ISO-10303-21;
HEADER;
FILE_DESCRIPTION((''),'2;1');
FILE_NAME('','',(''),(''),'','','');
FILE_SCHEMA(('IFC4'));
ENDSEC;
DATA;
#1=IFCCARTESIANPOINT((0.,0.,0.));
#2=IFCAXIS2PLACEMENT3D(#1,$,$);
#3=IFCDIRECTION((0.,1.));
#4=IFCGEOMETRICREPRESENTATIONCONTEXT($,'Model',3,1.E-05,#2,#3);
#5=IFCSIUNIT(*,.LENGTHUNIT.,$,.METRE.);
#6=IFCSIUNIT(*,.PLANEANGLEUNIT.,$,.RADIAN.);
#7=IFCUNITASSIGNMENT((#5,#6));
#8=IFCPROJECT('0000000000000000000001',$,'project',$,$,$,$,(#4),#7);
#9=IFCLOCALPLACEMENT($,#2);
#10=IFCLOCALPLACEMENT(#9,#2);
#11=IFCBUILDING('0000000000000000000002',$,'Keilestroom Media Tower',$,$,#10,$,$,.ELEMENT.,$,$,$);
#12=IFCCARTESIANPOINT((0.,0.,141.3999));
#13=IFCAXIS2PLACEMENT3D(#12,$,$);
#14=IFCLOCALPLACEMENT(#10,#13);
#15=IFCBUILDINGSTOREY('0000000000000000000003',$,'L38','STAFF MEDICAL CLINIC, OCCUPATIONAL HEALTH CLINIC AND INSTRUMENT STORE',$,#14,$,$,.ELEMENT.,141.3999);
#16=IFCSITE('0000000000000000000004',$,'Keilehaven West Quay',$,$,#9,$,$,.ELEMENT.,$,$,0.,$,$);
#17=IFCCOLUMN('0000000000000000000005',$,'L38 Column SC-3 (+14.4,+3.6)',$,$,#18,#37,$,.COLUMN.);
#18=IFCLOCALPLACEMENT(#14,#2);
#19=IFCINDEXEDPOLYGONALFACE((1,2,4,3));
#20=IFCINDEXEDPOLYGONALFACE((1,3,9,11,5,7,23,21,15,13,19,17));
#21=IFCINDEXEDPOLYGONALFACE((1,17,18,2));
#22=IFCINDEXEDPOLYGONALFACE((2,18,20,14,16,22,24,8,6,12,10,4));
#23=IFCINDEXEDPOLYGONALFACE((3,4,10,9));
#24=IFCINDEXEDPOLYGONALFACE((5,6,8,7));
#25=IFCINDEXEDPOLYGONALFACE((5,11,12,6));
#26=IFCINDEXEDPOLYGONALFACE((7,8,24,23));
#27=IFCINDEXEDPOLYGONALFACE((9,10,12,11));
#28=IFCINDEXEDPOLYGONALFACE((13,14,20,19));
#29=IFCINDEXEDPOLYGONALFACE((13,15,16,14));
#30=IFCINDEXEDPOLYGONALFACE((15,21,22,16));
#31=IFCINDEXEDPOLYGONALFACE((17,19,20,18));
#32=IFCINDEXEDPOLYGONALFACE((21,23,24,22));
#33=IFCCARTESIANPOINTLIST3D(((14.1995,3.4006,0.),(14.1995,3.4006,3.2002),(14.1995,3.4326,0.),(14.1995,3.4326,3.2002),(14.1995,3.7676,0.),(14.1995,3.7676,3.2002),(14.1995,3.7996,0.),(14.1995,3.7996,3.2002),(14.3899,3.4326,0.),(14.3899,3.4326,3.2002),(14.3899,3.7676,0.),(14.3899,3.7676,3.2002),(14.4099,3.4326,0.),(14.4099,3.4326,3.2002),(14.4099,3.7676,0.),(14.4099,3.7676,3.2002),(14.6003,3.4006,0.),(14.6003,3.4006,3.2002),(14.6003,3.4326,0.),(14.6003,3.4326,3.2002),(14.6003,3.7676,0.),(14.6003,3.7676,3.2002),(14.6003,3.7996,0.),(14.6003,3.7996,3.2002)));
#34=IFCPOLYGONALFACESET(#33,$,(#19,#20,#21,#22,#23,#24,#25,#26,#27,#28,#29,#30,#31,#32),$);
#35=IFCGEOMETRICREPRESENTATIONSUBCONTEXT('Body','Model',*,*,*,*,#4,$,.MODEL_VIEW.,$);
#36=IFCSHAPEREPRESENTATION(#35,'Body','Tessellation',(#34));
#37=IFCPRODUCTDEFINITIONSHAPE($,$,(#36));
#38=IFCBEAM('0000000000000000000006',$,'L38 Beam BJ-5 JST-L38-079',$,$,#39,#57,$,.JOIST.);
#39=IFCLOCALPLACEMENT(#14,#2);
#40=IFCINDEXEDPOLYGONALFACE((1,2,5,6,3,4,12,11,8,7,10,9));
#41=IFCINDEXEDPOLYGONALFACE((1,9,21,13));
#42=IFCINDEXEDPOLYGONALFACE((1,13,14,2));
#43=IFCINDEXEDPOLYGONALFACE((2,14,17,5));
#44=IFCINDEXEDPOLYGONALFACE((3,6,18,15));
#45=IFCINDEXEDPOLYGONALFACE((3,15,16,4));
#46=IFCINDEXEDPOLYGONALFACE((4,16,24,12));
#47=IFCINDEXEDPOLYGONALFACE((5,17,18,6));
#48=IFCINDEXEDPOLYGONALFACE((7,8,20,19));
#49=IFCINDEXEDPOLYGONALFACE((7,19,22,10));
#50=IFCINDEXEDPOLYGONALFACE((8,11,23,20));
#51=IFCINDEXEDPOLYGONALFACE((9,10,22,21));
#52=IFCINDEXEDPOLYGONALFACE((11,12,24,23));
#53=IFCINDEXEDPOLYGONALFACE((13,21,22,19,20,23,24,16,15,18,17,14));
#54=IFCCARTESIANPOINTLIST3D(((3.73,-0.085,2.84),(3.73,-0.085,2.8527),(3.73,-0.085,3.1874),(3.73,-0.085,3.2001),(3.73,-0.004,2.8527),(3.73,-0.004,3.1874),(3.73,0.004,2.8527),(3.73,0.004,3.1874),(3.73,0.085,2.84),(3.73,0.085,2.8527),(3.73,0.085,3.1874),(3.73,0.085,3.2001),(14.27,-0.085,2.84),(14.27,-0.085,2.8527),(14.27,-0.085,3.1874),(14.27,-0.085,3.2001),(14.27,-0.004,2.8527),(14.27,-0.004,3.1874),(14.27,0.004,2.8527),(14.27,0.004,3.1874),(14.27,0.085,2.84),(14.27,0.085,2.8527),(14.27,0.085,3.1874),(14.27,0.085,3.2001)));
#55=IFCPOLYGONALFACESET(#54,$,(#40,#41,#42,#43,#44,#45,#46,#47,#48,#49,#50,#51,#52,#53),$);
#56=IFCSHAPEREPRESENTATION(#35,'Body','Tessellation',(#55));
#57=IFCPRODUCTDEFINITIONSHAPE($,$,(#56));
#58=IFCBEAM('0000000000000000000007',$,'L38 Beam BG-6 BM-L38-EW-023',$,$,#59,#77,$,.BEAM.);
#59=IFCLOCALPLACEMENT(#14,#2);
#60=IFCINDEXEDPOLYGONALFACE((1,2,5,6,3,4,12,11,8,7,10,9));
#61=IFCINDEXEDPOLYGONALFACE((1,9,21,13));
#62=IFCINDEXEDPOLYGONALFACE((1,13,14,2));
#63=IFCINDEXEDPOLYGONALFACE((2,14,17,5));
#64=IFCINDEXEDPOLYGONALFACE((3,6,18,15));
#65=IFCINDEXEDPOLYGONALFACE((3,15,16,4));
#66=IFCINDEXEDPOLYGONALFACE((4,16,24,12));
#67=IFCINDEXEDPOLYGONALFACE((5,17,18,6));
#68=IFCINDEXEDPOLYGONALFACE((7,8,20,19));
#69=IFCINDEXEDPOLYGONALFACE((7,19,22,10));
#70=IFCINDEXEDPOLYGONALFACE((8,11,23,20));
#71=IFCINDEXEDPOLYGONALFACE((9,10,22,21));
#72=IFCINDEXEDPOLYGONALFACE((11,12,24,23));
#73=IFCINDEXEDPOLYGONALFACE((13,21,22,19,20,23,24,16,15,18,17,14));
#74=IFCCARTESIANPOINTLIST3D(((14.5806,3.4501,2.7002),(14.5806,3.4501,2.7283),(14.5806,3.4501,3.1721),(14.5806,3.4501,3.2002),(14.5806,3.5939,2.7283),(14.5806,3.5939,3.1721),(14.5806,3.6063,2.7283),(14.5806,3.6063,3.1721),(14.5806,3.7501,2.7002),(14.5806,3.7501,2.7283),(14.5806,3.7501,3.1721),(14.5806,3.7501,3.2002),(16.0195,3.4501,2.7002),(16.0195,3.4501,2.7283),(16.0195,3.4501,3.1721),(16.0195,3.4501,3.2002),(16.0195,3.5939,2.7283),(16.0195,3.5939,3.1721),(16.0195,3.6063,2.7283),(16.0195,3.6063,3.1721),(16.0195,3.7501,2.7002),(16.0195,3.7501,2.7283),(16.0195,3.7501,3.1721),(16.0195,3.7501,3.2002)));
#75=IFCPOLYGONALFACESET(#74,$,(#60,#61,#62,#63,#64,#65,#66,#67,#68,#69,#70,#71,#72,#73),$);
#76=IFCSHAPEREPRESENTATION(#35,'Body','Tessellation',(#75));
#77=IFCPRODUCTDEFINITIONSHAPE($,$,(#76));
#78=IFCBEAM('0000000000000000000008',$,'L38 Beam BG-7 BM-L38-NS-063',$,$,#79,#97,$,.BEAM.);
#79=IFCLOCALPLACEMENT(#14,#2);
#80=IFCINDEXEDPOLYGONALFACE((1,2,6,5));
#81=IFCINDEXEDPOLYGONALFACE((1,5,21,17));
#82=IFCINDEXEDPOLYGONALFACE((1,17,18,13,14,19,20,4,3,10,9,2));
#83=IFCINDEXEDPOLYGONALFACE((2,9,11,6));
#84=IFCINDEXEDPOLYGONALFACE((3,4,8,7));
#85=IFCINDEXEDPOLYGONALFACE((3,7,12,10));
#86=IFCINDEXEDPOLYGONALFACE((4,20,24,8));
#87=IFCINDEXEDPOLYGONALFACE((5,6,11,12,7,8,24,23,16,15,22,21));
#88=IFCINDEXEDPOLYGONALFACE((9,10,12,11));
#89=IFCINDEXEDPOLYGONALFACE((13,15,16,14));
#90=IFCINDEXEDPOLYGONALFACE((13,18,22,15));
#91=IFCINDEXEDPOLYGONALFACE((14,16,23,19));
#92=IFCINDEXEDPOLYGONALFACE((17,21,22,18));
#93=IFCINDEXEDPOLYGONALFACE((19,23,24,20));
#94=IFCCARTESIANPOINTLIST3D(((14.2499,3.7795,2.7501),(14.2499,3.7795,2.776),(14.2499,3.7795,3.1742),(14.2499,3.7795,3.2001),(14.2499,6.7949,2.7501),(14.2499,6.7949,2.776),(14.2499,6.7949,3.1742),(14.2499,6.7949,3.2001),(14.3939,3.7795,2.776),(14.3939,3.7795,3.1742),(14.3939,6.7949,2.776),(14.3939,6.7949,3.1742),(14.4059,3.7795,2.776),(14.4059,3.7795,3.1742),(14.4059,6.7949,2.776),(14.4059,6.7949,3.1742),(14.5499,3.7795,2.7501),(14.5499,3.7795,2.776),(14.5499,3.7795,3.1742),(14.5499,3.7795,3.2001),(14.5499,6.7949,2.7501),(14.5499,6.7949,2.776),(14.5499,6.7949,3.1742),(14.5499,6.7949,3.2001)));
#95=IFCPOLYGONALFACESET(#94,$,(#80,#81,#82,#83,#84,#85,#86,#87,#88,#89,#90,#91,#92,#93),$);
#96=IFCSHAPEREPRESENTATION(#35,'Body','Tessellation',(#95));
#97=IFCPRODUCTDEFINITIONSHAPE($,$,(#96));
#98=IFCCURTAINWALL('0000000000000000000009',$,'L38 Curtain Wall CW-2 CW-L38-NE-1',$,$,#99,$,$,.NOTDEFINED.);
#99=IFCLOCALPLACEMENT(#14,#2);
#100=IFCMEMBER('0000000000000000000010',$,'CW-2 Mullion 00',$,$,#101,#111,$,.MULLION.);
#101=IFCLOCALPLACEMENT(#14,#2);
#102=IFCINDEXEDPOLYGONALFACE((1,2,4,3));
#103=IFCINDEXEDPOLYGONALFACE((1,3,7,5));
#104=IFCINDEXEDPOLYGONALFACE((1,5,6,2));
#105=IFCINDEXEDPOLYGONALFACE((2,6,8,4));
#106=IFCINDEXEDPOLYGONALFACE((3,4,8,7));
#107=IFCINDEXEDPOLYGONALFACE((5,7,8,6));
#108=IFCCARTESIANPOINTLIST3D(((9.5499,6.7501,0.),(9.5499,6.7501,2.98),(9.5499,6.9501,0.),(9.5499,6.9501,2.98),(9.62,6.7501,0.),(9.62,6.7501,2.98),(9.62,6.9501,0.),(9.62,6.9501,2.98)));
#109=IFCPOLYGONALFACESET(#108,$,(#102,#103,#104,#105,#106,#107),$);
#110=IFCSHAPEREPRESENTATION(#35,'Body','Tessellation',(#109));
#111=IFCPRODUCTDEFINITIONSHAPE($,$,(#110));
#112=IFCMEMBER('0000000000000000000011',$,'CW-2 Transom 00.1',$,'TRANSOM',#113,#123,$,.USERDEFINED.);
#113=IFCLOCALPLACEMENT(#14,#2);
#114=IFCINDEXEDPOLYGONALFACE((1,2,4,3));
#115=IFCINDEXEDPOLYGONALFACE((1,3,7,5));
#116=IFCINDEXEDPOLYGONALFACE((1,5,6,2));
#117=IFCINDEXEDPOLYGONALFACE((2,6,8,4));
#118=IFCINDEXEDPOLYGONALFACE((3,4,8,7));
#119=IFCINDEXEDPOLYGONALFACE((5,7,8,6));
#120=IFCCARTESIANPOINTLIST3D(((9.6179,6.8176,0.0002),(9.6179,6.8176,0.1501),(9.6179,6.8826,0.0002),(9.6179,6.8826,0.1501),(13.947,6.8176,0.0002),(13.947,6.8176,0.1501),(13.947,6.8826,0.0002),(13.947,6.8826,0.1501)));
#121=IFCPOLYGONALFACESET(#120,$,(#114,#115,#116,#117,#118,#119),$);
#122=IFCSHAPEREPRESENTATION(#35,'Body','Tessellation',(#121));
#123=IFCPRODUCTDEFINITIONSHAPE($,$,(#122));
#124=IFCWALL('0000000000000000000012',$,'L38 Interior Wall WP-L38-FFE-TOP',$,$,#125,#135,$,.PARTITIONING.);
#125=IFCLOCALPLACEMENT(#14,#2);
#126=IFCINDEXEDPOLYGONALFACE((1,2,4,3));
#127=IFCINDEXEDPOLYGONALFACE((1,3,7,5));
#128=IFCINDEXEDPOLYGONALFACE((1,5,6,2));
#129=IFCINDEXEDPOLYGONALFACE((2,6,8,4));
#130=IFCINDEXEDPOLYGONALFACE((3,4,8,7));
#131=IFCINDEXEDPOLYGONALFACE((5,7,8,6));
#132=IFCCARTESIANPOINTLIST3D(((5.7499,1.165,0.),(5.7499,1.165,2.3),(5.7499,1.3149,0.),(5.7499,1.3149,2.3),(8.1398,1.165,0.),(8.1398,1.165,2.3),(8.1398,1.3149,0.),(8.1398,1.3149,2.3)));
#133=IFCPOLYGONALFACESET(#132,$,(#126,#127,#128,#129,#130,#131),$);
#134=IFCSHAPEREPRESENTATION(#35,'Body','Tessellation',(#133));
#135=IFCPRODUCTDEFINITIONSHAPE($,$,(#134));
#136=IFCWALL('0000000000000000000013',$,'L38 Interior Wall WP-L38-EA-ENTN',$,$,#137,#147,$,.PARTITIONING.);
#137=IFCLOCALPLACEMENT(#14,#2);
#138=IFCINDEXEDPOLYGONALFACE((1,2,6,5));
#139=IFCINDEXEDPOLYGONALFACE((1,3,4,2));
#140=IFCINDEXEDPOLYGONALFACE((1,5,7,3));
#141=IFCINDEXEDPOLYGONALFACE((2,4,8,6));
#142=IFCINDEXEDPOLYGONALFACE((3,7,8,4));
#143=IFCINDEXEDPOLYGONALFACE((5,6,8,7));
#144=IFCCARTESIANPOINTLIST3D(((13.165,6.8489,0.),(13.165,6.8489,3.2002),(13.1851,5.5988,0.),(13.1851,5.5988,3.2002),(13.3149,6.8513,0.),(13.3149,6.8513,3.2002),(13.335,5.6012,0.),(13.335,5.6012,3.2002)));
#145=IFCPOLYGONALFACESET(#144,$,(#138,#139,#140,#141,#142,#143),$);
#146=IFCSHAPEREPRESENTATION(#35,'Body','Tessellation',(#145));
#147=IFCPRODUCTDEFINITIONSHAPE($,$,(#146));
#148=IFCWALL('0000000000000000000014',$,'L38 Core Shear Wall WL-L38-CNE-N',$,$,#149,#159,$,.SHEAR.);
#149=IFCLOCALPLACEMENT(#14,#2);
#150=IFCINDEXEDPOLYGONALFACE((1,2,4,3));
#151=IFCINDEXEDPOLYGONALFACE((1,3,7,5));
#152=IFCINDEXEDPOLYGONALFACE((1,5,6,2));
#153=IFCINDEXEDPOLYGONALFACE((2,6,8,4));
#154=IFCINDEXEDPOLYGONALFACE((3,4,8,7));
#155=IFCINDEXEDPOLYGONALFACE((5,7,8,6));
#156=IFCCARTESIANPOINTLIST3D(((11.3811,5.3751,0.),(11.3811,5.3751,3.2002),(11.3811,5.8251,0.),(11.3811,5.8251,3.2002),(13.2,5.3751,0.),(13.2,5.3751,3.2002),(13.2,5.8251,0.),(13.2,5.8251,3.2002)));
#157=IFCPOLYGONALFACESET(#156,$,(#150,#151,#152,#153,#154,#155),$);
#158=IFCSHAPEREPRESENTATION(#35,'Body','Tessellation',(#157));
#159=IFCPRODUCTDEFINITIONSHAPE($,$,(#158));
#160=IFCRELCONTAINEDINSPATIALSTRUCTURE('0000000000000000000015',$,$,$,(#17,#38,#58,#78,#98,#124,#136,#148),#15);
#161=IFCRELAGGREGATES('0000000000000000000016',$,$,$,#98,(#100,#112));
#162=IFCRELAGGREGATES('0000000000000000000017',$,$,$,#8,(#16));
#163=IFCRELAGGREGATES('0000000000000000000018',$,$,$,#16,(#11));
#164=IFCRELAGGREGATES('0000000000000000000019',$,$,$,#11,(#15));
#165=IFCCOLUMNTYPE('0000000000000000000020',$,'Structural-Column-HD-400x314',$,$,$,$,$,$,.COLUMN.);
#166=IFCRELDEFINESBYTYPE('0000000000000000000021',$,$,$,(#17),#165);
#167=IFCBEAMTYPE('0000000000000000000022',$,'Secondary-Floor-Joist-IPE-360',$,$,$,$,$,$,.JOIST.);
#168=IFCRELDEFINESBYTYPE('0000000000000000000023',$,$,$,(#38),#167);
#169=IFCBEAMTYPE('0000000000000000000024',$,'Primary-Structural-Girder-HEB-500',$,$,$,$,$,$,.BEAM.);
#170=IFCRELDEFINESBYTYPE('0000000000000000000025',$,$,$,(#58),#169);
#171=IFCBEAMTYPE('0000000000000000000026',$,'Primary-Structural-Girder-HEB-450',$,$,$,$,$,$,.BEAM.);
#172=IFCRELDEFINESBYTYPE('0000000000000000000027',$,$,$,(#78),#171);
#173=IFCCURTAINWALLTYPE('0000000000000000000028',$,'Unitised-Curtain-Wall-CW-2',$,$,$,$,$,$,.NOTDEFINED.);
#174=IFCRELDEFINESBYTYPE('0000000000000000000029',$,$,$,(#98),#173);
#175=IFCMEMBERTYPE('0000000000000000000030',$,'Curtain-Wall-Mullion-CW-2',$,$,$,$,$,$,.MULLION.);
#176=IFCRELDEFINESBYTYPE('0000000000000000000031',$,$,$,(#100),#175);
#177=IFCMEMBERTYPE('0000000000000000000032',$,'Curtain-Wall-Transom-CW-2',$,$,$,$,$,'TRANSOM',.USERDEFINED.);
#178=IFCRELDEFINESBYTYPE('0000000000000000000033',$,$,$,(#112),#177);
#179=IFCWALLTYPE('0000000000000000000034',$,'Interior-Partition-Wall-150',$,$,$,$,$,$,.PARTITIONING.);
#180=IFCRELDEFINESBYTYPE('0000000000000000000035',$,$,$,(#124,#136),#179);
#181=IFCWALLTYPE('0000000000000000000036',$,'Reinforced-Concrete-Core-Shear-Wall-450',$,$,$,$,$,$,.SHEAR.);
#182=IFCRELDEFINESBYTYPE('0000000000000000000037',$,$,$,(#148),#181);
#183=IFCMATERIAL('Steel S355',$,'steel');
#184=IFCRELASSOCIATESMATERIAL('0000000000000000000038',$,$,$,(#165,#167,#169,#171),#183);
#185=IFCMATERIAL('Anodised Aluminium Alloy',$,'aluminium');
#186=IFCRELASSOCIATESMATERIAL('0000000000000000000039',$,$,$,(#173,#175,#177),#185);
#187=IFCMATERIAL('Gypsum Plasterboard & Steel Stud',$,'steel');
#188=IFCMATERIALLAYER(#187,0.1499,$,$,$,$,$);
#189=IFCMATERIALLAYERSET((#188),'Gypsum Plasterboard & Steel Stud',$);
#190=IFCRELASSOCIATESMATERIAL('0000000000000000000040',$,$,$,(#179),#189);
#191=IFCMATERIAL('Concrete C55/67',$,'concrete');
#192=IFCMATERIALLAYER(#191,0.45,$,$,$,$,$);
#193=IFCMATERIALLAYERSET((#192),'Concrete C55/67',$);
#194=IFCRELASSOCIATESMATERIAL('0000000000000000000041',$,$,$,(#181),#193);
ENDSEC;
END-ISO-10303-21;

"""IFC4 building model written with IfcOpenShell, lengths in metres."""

from ifc_helpers import new_model, si_unit, direction, frame, frame_2d, origin, origin_2d, place, context, subcontext, project, spatial, rectangle, i_section, extrude, source, transform, mapped, material, layer, layer_set, material_profile, profile_set, type_object, element, aggregate, save


model = new_model("IFC4")

# Units and contexts
model_context = context("Model", 3, precision=1e-05, world=origin(), true_north=direction((0.0, 1.0)))
body_context = subcontext(model_context, "Body", "Model", "MODEL_VIEW")
ifc_project = project(units=[si_unit("LENGTHUNIT", "METRE"), si_unit("PLANEANGLEUNIT", "RADIAN")], contexts=[model_context])

# Site, building, storey
site_placement = place(None, origin())
site = spatial("IfcSite", under=ifc_project, at=site_placement, Name="Keilehaven West Quay", CompositionType="ELEMENT", RefElevation=0.0)
building_placement = place(site_placement, origin())
building = spatial("IfcBuilding", under=site, at=building_placement, Name="Keilestroom Media Tower", CompositionType="ELEMENT")
storey_placement = place(building_placement, frame((0.0, 0.0, 141.3999)))
storey = spatial("IfcBuildingStorey", under=building, at=storey_placement, Name="L38", Description="STAFF MEDICAL CLINIC, OCCUPATIONAL HEALTH CLINIC AND INSTRUMENT STORE", CompositionType="ELEMENT", Elevation=141.3999)

# Column
ifc_material_1 = material(Name="Steel S355", Category="steel")
ifc_material_profile_1 = material_profile(ifc_material_1, i_section(OverallWidth=0.4009, OverallDepth=0.3989, WebThickness=0.02, FlangeThickness=0.032, at=origin_2d()), Name="HD 400x314")
ifc_profile_set_1 = profile_set([ifc_material_profile_1], Name="Steel S355")
column_type = type_object("IfcColumnType", Name="Structural-Column-HD-400x314", PredefinedType="COLUMN", material=ifc_profile_set_1)
shared_shape_1 = source(origin(), body_context, "Body", "SweptSolid", [
    extrude(i_section(OverallWidth=0.4009, OverallDepth=0.3989, WebThickness=0.02, FlangeThickness=0.032, at=origin_2d()), origin(), (0.0, 0.0, 1.0), 3.2002),
])
column_placement = place(storey_placement, frame((14.3999, 3.6001, 0.0), z_axis=(0.0, 0.0, 1.0), x_axis=(1.0, 0.0, 0.0)))
element("IfcColumn", 1, at=column_placement, inside=storey, type_object=column_type, Name="L38 Column SC-3 (+14.4,+3.6)", PredefinedType="COLUMN", context=body_context, shape_type="MappedRepresentation", body=[
    mapped(shared_shape_1, transform((0.0, 0.0, 0.0), x_axis=(1.0, 0.0, 0.0), y_axis=(0.0, 1.0, 0.0), z_axis=(0.0, 0.0, 1.0), scale=1.0)),
])

# Beams
ifc_material_profile_2 = material_profile(ifc_material_1, i_section(OverallWidth=0.1699, OverallDepth=0.3601, WebThickness=0.0081, FlangeThickness=0.0127, at=origin_2d()), Name="IPE 360")
ifc_profile_set_2 = profile_set([ifc_material_profile_2], Name="Steel S355")
beam_type_1 = type_object("IfcBeamType", Name="Secondary-Floor-Joist-IPE-360", PredefinedType="JOIST", material=ifc_profile_set_2)
shared_shape_2 = source(origin(), body_context, "Body", "SweptSolid", [
    extrude(i_section(OverallWidth=0.1699, OverallDepth=0.3601, WebThickness=0.0081, FlangeThickness=0.0127, at=origin_2d()), origin(), (0.0, 0.0, 1.0), 10.54),
])
beam_1_placement = place(storey_placement, frame((3.73, 0.0, 3.02), z_axis=(1.0, 0.0, 0.0), x_axis=(0.0, 1.0, 0.0)))
element("IfcBeam", 2, at=beam_1_placement, inside=storey, type_object=beam_type_1, Name="L38 Beam BJ-5 JST-L38-079", PredefinedType="JOIST", context=body_context, shape_type="MappedRepresentation", body=[
    mapped(shared_shape_2, transform((0.0, 0.0, 0.0), x_axis=(1.0, 0.0, 0.0), y_axis=(0.0, 1.0, 0.0), z_axis=(0.0, 0.0, 1.0), scale=1.0)),
])
ifc_material_profile_3 = material_profile(ifc_material_1, i_section(OverallWidth=0.3, OverallDepth=0.5, WebThickness=0.0125, FlangeThickness=0.0281, at=origin_2d()), Name="HEB 500")
ifc_profile_set_3 = profile_set([ifc_material_profile_3], Name="Steel S355")
beam_type_2 = type_object("IfcBeamType", Name="Primary-Structural-Girder-HEB-500", PredefinedType="BEAM", material=ifc_profile_set_3)
shared_shape_3 = source(origin(), body_context, "Body", "SweptSolid", [
    extrude(i_section(OverallWidth=0.3, OverallDepth=0.5, WebThickness=0.0125, FlangeThickness=0.0281, at=origin_2d()), origin(), (0.0, 0.0, 1.0), 1.439),
])
beam_2_placement = place(storey_placement, frame((14.5806, 3.6001, 2.9502), z_axis=(1.0, 0.0, 0.0), x_axis=(0.0, 1.0, 0.0)))
element("IfcBeam", 3, at=beam_2_placement, inside=storey, type_object=beam_type_2, Name="L38 Beam BG-6 BM-L38-EW-023", PredefinedType="BEAM", context=body_context, shape_type="MappedRepresentation", body=[
    mapped(shared_shape_3, transform((0.0, 0.0, 0.0), x_axis=(1.0, 0.0, 0.0), y_axis=(0.0, 1.0, 0.0), z_axis=(0.0, 0.0, 1.0), scale=1.0)),
])
ifc_material_profile_4 = material_profile(ifc_material_1, i_section(OverallWidth=0.3, OverallDepth=0.45, WebThickness=0.012, FlangeThickness=0.0259, at=origin_2d()), Name="HEB 450")
ifc_profile_set_4 = profile_set([ifc_material_profile_4], Name="Steel S355")
beam_type_3 = type_object("IfcBeamType", Name="Primary-Structural-Girder-HEB-450", PredefinedType="BEAM", material=ifc_profile_set_4)
shared_shape_4 = source(origin(), body_context, "Body", "SweptSolid", [
    extrude(i_section(OverallWidth=0.3, OverallDepth=0.45, WebThickness=0.012, FlangeThickness=0.0259, at=origin_2d()), origin(), (0.0, 0.0, 1.0), 3.0154),
])
beam_3_placement = place(storey_placement, frame((14.3999, 3.7795, 2.9751), z_axis=(0.0, 1.0, 0.0), x_axis=(-1.0, 0.0, 0.0)))
element("IfcBeam", 4, at=beam_3_placement, inside=storey, type_object=beam_type_3, Name="L38 Beam BG-7 BM-L38-NS-063", PredefinedType="BEAM", context=body_context, shape_type="MappedRepresentation", body=[
    mapped(shared_shape_4, transform((0.0, 0.0, 0.0), x_axis=(1.0, 0.0, 0.0), y_axis=(0.0, 1.0, 0.0), z_axis=(0.0, 0.0, 1.0), scale=1.0)),
])

# Curtain wall, members
ifc_material_2 = material(Name="Anodised Aluminium Alloy", Category="aluminium")
curtain_wall_type = type_object("IfcCurtainWallType", Name="Unitised-Curtain-Wall-CW-2", PredefinedType="NOTDEFINED", material=ifc_material_2)
curtain_wall_placement = place(storey_placement, origin())
curtain_wall = element("IfcCurtainWall", 5, at=curtain_wall_placement, inside=storey, type_object=curtain_wall_type, Name="L38 Curtain Wall CW-2 CW-L38-NE-1", PredefinedType="NOTDEFINED")
ifc_material_profile_5 = material_profile(ifc_material_2, rectangle(XDim=0.0701, YDim=0.2, at=origin_2d()), Name="ALU MULLION 70x200")
ifc_profile_set_5 = profile_set([ifc_material_profile_5], Name="Anodised Aluminium Alloy")
member_type_1 = type_object("IfcMemberType", Name="Curtain-Wall-Mullion-CW-2", PredefinedType="MULLION", material=ifc_profile_set_5)
shared_shape_5 = source(origin(), body_context, "Body", "SweptSolid", [
    extrude(rectangle(XDim=0.0701, YDim=0.2, at=origin_2d()), origin(), (0.0, 0.0, 1.0), 2.98),
])
member_1_placement = place(storey_placement, frame((9.585, 6.8501, 0.0), z_axis=(0.0, 0.0, 1.0), x_axis=(1.0, 0.0, 0.0)))
member_1 = element("IfcMember", 6, at=member_1_placement, type_object=member_type_1, Name="CW-2 Mullion 00", PredefinedType="MULLION", context=body_context, shape_type="MappedRepresentation", body=[
    mapped(shared_shape_5, transform((0.0, 0.0, 0.0), x_axis=(1.0, 0.0, 0.0), y_axis=(0.0, 1.0, 0.0), z_axis=(0.0, 0.0, 1.0), scale=1.0)),
])
ifc_material_profile_6 = material_profile(ifc_material_2, rectangle(XDim=0.0649, YDim=0.1499, at=origin_2d()), Name="ALU TRANSOM 65x150")
ifc_profile_set_6 = profile_set([ifc_material_profile_6], Name="Anodised Aluminium Alloy")
member_type_2 = type_object("IfcMemberType", Name="Curtain-Wall-Transom-CW-2", ElementType="TRANSOM", PredefinedType="USERDEFINED", material=ifc_profile_set_6)
shared_shape_6 = source(origin(), body_context, "Body", "SweptSolid", [
    extrude(rectangle(XDim=0.0649, YDim=0.1499, at=origin_2d()), origin(), (0.0, 0.0, 1.0), 4.3291),
])
member_2_placement = place(storey_placement, frame((9.6179, 6.8501, 0.0752), z_axis=(1.0, 0.0, 0.0), x_axis=(0.0, 1.0, 0.0)))
member_2 = element("IfcMember", 7, at=member_2_placement, type_object=member_type_2, Name="CW-2 Transom 00.1", ObjectType="TRANSOM", PredefinedType="USERDEFINED", context=body_context, shape_type="MappedRepresentation", body=[
    mapped(shared_shape_6, transform((0.0, 0.0, 0.0), x_axis=(1.0, 0.0, 0.0), y_axis=(0.0, 1.0, 0.0), z_axis=(0.0, 0.0, 1.0), scale=1.0)),
])
aggregate(curtain_wall, [member_1, member_2])

# Walls
ifc_material_3 = material(Name="Gypsum Plasterboard & Steel Stud", Category="steel")
ifc_layer_1 = layer(ifc_material_3, 0.1499)
ifc_layer_set_1 = layer_set([ifc_layer_1], Name="Gypsum Plasterboard & Steel Stud")
wall_type_1 = type_object("IfcWallType", Name="Interior-Partition-Wall-150", PredefinedType="PARTITIONING", material=ifc_layer_set_1)
wall_1_placement = place(storey_placement, frame((5.75, 1.24, 0.0), z_axis=(0.0, 0.0, 1.0), x_axis=(1.0, 0.0, 0.0)))
element("IfcWall", 8, at=wall_1_placement, inside=storey, type_object=wall_type_1, Name="L38 Interior Wall WP-L38-FFE-TOP", PredefinedType="PARTITIONING", context=body_context, shape_type="SweptSolid", body=[
    extrude(rectangle(XDim=2.3899, YDim=0.1499, at=frame_2d((1.1948, 0.0))), origin(), (0.0, 0.0, 1.0), 2.3),
])
wall_2_placement = place(storey_placement, frame((13.26, 5.6001, 0.0), z_axis=(0.0, 0.0, 1.0), x_axis=(-0.016014, 0.999872, 0.0)))
element("IfcWall", 9, at=wall_2_placement, inside=storey, type_object=wall_type_1, Name="L38 Interior Wall WP-L38-EA-ENTN", PredefinedType="PARTITIONING", context=body_context, shape_type="SweptSolid", body=[
    extrude(rectangle(XDim=1.2502, YDim=0.1499, at=frame_2d((0.625, 0.0))), origin(), (0.0, 0.0, 1.0), 3.2002),
])
ifc_material_4 = material(Name="Concrete C55/67", Category="concrete")
ifc_layer_2 = layer(ifc_material_4, 0.45)
ifc_layer_set_2 = layer_set([ifc_layer_2], Name="Concrete C55/67")
wall_type_2 = type_object("IfcWallType", Name="Reinforced-Concrete-Core-Shear-Wall-450", PredefinedType="SHEAR", material=ifc_layer_set_2)
wall_3_placement = place(storey_placement, frame((11.3811, 5.6001, 0.0), z_axis=(0.0, 0.0, 1.0), x_axis=(1.0, 0.0, 0.0)))
element("IfcWall", 10, at=wall_3_placement, inside=storey, type_object=wall_type_2, Name="L38 Core Shear Wall WL-L38-CNE-N", PredefinedType="SHEAR", context=body_context, shape_type="SweptSolid", body=[
    extrude(rectangle(XDim=1.8188, YDim=0.45, at=frame_2d((0.9094, 0.0))), origin(), (0.0, 0.0, 1.0), 3.2002),
])

save(model, "model.ifc")
